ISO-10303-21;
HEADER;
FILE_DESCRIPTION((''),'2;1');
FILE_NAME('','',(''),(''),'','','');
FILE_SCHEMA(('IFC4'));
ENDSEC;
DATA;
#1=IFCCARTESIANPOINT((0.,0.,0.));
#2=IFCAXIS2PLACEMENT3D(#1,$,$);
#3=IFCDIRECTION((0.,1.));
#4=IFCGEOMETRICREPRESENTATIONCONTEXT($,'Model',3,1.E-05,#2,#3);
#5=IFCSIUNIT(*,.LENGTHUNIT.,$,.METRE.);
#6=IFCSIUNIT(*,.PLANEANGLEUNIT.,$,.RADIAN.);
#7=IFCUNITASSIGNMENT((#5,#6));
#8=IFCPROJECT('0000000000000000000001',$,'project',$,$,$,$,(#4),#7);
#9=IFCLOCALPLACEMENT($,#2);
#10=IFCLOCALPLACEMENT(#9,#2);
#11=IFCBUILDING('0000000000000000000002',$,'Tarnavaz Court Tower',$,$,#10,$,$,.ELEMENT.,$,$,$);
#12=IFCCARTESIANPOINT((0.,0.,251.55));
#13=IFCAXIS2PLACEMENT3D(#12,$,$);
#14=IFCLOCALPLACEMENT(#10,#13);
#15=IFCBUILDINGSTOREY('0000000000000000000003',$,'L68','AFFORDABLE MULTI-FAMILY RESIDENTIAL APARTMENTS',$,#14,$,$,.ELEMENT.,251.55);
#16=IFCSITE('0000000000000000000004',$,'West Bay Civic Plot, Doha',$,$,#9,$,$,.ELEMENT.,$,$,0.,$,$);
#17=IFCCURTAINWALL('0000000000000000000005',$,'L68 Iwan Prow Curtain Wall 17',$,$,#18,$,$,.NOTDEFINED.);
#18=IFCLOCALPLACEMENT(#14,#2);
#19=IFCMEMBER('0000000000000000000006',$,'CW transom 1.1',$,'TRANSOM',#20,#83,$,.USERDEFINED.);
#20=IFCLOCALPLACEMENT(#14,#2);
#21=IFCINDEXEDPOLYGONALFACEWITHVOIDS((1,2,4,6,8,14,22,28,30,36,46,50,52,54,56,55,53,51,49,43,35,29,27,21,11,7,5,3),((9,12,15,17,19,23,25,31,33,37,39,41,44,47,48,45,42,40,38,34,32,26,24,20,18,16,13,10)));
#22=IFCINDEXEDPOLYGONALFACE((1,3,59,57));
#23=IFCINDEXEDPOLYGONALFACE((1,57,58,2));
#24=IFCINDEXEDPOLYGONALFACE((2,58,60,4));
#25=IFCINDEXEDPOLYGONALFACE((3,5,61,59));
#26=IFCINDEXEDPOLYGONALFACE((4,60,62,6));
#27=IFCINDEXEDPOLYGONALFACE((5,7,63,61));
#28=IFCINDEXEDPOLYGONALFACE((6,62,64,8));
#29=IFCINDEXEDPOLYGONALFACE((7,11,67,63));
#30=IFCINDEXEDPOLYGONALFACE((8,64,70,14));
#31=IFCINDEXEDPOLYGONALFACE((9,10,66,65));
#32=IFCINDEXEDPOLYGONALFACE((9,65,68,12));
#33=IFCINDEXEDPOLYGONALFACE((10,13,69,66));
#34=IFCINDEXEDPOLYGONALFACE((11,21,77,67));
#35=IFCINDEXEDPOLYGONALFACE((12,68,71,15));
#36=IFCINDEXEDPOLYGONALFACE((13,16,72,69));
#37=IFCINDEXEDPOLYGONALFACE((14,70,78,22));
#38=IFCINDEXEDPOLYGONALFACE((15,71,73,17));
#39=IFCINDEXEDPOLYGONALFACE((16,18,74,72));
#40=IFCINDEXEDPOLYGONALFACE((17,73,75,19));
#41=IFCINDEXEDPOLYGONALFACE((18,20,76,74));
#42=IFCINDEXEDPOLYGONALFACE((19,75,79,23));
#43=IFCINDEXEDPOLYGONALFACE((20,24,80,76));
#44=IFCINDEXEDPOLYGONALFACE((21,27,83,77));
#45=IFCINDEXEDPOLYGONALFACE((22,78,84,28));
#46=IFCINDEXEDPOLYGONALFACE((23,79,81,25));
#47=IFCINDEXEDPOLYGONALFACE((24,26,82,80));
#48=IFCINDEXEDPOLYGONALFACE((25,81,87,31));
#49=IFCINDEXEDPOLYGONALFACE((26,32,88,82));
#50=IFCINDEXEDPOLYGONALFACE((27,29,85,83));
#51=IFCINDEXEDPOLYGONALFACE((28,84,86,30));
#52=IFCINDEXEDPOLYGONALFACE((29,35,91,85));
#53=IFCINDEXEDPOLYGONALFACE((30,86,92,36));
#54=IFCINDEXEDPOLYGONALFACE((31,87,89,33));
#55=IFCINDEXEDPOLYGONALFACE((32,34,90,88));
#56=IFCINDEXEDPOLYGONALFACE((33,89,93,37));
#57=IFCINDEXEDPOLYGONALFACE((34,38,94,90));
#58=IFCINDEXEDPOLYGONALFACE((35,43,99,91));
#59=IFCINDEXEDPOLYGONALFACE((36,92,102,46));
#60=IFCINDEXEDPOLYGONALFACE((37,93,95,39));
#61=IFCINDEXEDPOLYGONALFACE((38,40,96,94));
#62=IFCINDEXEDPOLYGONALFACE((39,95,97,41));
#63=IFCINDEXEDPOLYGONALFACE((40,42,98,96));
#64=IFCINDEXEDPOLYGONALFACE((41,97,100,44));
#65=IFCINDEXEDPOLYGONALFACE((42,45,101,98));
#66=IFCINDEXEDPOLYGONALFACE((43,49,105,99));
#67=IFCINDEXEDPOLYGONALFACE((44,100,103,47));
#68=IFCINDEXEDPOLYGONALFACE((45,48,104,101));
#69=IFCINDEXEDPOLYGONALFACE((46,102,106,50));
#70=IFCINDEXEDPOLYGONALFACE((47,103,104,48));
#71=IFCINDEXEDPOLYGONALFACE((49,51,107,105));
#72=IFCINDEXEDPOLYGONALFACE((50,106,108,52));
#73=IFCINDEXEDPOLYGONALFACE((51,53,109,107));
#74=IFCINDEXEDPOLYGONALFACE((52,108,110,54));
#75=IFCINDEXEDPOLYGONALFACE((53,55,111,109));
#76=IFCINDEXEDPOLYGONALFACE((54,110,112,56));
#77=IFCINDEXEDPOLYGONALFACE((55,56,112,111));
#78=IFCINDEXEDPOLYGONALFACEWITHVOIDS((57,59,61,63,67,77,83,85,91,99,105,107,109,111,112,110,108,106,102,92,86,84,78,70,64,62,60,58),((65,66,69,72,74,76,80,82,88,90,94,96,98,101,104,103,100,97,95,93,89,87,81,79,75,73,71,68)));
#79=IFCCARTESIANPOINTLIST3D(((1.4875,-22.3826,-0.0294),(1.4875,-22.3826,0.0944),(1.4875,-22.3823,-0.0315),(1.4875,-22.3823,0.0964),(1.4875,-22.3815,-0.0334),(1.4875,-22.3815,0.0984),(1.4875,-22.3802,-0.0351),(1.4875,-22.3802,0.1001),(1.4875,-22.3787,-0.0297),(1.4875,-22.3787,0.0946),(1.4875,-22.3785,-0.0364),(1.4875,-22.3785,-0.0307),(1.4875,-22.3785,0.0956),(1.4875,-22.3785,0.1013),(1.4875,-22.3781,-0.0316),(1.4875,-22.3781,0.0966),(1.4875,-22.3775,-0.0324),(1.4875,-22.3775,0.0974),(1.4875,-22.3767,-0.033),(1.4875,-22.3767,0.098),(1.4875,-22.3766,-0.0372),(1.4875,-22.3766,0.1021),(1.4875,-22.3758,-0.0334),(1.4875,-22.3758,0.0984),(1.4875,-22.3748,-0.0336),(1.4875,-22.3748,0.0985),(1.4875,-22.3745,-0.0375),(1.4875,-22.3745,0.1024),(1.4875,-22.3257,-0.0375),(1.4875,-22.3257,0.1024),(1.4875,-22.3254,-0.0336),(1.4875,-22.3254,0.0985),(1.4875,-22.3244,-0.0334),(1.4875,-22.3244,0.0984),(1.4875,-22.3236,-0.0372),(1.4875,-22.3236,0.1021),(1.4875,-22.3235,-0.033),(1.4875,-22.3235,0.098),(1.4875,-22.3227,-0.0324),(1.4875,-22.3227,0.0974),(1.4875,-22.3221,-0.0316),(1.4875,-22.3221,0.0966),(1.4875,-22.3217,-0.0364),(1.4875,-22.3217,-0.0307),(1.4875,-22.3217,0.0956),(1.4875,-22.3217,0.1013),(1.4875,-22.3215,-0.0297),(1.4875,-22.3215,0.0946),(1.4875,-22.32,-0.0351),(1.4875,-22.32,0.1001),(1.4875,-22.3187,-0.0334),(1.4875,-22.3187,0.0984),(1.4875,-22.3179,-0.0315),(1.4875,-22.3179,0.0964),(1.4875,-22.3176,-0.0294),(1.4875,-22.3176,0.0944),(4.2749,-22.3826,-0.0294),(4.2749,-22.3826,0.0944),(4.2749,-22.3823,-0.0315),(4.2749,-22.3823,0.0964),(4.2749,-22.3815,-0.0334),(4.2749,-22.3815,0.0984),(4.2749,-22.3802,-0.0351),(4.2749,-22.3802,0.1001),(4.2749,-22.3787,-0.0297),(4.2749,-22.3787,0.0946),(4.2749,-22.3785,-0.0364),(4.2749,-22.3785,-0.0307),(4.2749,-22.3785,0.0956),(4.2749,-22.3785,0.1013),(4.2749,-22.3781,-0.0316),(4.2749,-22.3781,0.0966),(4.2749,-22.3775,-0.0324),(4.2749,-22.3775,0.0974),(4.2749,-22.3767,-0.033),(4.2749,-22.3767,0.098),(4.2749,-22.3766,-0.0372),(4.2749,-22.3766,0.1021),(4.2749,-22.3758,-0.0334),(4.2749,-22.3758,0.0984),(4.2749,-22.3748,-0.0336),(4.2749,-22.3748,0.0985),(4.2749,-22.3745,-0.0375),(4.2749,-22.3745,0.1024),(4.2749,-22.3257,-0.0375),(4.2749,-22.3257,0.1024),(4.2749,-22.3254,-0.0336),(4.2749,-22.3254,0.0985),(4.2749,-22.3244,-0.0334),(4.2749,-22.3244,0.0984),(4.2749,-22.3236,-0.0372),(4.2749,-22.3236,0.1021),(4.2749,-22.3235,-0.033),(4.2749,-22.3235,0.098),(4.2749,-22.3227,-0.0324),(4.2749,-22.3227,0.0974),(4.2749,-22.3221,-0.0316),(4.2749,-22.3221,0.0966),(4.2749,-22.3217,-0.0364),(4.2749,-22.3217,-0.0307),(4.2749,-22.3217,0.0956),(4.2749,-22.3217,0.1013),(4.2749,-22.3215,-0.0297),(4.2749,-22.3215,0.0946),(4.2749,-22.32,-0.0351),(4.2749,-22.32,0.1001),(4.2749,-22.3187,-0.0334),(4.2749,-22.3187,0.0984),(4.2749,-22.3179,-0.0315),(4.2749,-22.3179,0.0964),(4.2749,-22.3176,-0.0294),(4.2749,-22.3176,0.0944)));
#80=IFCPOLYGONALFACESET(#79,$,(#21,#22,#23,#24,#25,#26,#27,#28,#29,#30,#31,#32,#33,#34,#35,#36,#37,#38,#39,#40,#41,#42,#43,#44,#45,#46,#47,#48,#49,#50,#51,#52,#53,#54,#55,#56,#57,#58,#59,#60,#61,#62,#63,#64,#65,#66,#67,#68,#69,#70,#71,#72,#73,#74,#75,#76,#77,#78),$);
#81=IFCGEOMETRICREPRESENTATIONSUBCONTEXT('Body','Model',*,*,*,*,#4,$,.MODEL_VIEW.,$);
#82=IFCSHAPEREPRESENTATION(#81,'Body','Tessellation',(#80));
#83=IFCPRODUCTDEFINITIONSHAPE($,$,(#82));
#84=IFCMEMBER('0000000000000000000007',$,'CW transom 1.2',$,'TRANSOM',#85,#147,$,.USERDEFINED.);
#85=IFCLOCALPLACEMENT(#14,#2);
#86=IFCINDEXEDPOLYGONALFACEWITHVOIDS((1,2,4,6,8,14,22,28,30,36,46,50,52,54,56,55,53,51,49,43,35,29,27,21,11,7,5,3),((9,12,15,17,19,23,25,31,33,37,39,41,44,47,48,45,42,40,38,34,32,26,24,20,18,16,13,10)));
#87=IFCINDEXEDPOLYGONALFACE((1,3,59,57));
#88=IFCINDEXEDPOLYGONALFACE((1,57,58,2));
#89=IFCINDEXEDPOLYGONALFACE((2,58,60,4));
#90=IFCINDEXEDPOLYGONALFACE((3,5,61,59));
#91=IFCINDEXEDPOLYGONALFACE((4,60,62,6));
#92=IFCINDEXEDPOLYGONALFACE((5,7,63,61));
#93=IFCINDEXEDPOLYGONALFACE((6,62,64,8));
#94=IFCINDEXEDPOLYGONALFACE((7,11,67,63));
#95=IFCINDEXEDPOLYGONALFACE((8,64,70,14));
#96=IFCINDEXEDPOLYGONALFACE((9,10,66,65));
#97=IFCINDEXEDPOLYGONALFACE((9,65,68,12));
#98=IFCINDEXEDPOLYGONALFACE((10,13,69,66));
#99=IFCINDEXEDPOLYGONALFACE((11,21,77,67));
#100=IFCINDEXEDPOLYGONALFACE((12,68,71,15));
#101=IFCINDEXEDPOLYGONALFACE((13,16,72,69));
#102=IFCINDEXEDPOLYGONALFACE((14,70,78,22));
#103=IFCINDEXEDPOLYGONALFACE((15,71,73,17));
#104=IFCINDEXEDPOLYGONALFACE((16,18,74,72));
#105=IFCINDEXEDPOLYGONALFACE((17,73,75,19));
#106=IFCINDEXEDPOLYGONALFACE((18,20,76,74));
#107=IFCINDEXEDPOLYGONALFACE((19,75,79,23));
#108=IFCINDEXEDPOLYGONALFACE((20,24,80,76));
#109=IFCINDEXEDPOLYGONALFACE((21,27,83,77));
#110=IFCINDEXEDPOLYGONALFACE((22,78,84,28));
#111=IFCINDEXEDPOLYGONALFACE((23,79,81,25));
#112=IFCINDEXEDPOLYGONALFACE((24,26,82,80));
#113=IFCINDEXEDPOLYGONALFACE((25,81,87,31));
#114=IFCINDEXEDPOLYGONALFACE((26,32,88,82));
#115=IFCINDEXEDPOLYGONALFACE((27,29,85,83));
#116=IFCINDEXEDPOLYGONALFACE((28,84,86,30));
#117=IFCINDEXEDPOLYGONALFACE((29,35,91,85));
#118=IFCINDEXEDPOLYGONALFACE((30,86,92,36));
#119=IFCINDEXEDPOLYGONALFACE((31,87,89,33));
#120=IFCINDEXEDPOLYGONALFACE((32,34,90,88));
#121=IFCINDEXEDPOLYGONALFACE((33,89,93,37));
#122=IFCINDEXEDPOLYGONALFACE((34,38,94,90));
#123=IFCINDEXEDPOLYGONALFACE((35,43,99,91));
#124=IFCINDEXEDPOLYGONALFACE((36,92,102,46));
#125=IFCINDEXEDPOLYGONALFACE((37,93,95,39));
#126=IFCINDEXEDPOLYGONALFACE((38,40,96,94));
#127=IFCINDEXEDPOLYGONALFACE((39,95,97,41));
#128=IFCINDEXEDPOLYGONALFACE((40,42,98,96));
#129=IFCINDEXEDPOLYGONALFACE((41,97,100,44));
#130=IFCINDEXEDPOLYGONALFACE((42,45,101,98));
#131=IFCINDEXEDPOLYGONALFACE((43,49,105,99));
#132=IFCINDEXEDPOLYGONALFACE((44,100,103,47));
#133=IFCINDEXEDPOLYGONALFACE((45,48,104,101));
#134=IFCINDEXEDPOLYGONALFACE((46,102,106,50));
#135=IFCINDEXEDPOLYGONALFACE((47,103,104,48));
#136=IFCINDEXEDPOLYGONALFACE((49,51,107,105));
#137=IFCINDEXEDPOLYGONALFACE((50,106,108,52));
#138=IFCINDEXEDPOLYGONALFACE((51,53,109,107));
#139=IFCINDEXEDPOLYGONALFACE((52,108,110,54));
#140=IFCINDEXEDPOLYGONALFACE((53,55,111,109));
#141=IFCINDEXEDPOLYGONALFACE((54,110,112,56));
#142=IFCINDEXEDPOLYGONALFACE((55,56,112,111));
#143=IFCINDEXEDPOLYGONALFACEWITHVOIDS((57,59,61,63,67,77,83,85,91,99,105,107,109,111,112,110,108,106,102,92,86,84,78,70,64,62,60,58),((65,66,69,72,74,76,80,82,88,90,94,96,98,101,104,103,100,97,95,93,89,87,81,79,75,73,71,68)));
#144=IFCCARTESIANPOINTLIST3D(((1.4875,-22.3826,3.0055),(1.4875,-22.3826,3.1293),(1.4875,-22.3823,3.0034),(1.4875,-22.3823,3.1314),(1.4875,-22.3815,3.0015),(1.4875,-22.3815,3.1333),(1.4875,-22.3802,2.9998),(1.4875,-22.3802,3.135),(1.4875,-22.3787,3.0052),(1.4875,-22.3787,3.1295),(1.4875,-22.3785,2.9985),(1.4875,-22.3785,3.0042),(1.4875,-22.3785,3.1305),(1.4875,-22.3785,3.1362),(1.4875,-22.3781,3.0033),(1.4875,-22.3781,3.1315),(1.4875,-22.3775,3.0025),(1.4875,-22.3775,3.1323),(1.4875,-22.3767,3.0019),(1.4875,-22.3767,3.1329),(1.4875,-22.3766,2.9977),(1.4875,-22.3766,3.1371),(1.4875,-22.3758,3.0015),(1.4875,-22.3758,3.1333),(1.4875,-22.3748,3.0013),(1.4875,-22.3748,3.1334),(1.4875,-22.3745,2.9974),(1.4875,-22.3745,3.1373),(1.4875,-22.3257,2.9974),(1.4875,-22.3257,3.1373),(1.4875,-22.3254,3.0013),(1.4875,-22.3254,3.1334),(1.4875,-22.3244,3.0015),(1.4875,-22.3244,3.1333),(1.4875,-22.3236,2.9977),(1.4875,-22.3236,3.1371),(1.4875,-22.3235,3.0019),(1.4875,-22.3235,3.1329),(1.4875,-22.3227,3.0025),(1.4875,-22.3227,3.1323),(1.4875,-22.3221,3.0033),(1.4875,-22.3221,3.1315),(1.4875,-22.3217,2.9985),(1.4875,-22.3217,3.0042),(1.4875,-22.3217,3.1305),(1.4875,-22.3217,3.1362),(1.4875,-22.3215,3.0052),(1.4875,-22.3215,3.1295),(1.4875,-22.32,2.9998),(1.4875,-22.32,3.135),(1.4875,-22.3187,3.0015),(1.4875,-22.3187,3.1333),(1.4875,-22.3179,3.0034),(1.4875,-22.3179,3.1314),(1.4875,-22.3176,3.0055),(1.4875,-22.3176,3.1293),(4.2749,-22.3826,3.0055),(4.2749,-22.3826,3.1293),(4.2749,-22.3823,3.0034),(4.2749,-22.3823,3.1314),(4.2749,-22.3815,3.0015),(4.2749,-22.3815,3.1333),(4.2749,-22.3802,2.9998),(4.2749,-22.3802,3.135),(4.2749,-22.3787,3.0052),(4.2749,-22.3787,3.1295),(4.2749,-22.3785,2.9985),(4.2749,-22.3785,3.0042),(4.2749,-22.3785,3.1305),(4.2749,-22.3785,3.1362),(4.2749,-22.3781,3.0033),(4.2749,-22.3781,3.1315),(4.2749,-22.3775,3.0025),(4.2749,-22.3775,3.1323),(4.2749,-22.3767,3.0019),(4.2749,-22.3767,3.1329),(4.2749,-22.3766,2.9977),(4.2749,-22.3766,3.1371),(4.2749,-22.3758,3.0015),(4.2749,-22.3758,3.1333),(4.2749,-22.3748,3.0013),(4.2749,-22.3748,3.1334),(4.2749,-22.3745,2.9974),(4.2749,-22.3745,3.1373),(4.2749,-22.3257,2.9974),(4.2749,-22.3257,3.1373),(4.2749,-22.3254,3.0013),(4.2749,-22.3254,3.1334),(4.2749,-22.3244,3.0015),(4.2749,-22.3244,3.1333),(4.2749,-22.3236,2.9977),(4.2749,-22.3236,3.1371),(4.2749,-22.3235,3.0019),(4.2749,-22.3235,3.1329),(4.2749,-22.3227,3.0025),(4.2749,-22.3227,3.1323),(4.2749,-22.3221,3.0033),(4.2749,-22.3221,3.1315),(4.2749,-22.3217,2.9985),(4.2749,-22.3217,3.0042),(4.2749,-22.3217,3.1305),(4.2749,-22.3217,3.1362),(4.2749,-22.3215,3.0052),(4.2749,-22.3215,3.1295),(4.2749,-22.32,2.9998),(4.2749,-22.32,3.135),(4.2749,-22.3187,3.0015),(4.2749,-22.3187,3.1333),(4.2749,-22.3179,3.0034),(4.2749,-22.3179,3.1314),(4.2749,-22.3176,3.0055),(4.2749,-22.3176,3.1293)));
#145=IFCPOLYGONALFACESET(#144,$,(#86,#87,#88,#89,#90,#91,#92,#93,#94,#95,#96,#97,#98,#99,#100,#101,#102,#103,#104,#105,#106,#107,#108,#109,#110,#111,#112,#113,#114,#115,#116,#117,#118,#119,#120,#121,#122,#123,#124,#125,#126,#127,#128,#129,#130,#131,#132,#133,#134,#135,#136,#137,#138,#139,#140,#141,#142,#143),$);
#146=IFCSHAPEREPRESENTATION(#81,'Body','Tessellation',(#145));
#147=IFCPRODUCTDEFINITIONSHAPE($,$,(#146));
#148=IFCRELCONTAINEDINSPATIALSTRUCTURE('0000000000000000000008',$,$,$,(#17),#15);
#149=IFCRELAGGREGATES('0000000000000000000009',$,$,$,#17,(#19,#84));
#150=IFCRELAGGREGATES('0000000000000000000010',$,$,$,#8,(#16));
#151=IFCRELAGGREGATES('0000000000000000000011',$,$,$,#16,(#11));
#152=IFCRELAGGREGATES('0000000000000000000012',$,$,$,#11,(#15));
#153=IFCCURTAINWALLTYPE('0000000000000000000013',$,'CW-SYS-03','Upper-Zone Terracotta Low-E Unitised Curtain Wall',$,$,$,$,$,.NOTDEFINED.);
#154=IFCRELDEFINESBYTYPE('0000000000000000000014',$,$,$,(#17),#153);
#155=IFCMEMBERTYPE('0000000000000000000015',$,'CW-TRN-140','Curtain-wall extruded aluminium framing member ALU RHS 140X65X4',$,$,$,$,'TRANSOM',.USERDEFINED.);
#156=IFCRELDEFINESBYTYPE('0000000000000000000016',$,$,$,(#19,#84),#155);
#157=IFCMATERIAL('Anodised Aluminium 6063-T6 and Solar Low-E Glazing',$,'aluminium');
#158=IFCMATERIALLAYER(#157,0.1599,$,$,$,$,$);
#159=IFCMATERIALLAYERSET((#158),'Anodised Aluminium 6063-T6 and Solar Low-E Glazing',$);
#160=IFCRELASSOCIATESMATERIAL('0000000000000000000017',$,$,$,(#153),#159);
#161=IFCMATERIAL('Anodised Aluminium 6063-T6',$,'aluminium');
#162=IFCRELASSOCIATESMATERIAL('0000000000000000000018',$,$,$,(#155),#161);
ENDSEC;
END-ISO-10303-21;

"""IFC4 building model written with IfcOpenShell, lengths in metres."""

from ifc_helpers import new_model, si_unit, direction, frame, origin, origin_2d, place, context, subcontext, project, spatial, hollow_rectangle, extrude, material, layer, layer_set, material_profile, profile_set, type_object, element, aggregate, save


model = new_model("IFC4")

# Units and contexts
model_context = context("Model", 3, precision=1e-05, world=origin(), true_north=direction((0.0, 1.0)))
body_context = subcontext(model_context, "Body", "Model", "MODEL_VIEW")
ifc_project = project(units=[si_unit("LENGTHUNIT", "METRE"), si_unit("PLANEANGLEUNIT", "RADIAN")], contexts=[model_context])

# Site, building, storey
site_placement = place(None, origin())
site = spatial("IfcSite", under=ifc_project, at=site_placement, Name="West Bay Civic Plot, Doha", CompositionType="ELEMENT", RefElevation=0.0)
building_placement = place(site_placement, origin())
building = spatial("IfcBuilding", under=site, at=building_placement, Name="Tarnavaz Court Tower", CompositionType="ELEMENT")
storey_placement = place(building_placement, frame((0.0, 0.0, 251.55)))
storey = spatial("IfcBuildingStorey", under=building, at=storey_placement, Name="L68", Description="AFFORDABLE MULTI-FAMILY RESIDENTIAL APARTMENTS", CompositionType="ELEMENT", Elevation=251.55)

# Curtain wall, members
ifc_material_1 = material(Name="Anodised Aluminium 6063-T6 and Solar Low-E Glazing", Category="aluminium")
ifc_layer_1 = layer(ifc_material_1, 0.1599)
ifc_layer_set_1 = layer_set([ifc_layer_1], Name="Anodised Aluminium 6063-T6 and Solar Low-E Glazing")
curtain_wall_type = type_object("IfcCurtainWallType", Name="CW-SYS-03", Description="Upper-Zone Terracotta Low-E Unitised Curtain Wall", PredefinedType="NOTDEFINED", material=ifc_layer_set_1)
curtain_wall_placement = place(storey_placement, origin())
curtain_wall = element("IfcCurtainWall", 1, at=curtain_wall_placement, inside=storey, type_object=curtain_wall_type, Name="L68 Iwan Prow Curtain Wall 17", PredefinedType="NOTDEFINED")
ifc_material_2 = material(Name="Anodised Aluminium 6063-T6", Category="aluminium")
ifc_material_profile_1 = material_profile(ifc_material_2, hollow_rectangle(XDim=0.0649, YDim=0.1399, WallThickness=0.0039, InnerFilletRadius=0.0039, OuterFilletRadius=0.0081, at=origin_2d()), Name="ALU RHS 140X65X4")
ifc_profile_set_1 = profile_set([ifc_material_profile_1], Name="Anodised Aluminium 6063-T6")
member_type_1 = type_object("IfcMemberType", Name="CW-TRN-140", Description="Curtain-wall extruded aluminium framing member ALU RHS 140X65X4", ElementType="TRANSOM", PredefinedType="USERDEFINED", material=ifc_profile_set_1)
member_1_placement = place(storey_placement, frame((4.2749, -22.3501, 0.0325), z_axis=(-1.0, 0.0, 0.0), x_axis=(0.0, -1.0, 0.0)))
member_1 = element("IfcMember", 2, at=member_1_placement, type_object=member_type_1, Name="CW transom 1.1", ObjectType="TRANSOM", PredefinedType="USERDEFINED", context=body_context, shape_type="SweptSolid", body=[
    extrude(hollow_rectangle(XDim=0.0649, YDim=0.1399, WallThickness=0.0039, InnerFilletRadius=0.0039, OuterFilletRadius=0.0081, at=origin_2d()), origin(), (0.0, 0.0, 1.0), 2.7874),
])
member_2_placement = place(storey_placement, frame((4.2749, -22.3501, 3.0674), z_axis=(-1.0, 0.0, 0.0), x_axis=(0.0, -1.0, 0.0)))
member_2 = element("IfcMember", 3, at=member_2_placement, type_object=member_type_1, Name="CW transom 1.2", ObjectType="TRANSOM", PredefinedType="USERDEFINED", context=body_context, shape_type="SweptSolid", body=[
    extrude(hollow_rectangle(XDim=0.0649, YDim=0.1399, WallThickness=0.0039, InnerFilletRadius=0.0039, OuterFilletRadius=0.0081, at=origin_2d()), origin(), (0.0, 0.0, 1.0), 2.7874),
])
aggregate(curtain_wall, [member_1, member_2])

save(model, "model.ifc")
